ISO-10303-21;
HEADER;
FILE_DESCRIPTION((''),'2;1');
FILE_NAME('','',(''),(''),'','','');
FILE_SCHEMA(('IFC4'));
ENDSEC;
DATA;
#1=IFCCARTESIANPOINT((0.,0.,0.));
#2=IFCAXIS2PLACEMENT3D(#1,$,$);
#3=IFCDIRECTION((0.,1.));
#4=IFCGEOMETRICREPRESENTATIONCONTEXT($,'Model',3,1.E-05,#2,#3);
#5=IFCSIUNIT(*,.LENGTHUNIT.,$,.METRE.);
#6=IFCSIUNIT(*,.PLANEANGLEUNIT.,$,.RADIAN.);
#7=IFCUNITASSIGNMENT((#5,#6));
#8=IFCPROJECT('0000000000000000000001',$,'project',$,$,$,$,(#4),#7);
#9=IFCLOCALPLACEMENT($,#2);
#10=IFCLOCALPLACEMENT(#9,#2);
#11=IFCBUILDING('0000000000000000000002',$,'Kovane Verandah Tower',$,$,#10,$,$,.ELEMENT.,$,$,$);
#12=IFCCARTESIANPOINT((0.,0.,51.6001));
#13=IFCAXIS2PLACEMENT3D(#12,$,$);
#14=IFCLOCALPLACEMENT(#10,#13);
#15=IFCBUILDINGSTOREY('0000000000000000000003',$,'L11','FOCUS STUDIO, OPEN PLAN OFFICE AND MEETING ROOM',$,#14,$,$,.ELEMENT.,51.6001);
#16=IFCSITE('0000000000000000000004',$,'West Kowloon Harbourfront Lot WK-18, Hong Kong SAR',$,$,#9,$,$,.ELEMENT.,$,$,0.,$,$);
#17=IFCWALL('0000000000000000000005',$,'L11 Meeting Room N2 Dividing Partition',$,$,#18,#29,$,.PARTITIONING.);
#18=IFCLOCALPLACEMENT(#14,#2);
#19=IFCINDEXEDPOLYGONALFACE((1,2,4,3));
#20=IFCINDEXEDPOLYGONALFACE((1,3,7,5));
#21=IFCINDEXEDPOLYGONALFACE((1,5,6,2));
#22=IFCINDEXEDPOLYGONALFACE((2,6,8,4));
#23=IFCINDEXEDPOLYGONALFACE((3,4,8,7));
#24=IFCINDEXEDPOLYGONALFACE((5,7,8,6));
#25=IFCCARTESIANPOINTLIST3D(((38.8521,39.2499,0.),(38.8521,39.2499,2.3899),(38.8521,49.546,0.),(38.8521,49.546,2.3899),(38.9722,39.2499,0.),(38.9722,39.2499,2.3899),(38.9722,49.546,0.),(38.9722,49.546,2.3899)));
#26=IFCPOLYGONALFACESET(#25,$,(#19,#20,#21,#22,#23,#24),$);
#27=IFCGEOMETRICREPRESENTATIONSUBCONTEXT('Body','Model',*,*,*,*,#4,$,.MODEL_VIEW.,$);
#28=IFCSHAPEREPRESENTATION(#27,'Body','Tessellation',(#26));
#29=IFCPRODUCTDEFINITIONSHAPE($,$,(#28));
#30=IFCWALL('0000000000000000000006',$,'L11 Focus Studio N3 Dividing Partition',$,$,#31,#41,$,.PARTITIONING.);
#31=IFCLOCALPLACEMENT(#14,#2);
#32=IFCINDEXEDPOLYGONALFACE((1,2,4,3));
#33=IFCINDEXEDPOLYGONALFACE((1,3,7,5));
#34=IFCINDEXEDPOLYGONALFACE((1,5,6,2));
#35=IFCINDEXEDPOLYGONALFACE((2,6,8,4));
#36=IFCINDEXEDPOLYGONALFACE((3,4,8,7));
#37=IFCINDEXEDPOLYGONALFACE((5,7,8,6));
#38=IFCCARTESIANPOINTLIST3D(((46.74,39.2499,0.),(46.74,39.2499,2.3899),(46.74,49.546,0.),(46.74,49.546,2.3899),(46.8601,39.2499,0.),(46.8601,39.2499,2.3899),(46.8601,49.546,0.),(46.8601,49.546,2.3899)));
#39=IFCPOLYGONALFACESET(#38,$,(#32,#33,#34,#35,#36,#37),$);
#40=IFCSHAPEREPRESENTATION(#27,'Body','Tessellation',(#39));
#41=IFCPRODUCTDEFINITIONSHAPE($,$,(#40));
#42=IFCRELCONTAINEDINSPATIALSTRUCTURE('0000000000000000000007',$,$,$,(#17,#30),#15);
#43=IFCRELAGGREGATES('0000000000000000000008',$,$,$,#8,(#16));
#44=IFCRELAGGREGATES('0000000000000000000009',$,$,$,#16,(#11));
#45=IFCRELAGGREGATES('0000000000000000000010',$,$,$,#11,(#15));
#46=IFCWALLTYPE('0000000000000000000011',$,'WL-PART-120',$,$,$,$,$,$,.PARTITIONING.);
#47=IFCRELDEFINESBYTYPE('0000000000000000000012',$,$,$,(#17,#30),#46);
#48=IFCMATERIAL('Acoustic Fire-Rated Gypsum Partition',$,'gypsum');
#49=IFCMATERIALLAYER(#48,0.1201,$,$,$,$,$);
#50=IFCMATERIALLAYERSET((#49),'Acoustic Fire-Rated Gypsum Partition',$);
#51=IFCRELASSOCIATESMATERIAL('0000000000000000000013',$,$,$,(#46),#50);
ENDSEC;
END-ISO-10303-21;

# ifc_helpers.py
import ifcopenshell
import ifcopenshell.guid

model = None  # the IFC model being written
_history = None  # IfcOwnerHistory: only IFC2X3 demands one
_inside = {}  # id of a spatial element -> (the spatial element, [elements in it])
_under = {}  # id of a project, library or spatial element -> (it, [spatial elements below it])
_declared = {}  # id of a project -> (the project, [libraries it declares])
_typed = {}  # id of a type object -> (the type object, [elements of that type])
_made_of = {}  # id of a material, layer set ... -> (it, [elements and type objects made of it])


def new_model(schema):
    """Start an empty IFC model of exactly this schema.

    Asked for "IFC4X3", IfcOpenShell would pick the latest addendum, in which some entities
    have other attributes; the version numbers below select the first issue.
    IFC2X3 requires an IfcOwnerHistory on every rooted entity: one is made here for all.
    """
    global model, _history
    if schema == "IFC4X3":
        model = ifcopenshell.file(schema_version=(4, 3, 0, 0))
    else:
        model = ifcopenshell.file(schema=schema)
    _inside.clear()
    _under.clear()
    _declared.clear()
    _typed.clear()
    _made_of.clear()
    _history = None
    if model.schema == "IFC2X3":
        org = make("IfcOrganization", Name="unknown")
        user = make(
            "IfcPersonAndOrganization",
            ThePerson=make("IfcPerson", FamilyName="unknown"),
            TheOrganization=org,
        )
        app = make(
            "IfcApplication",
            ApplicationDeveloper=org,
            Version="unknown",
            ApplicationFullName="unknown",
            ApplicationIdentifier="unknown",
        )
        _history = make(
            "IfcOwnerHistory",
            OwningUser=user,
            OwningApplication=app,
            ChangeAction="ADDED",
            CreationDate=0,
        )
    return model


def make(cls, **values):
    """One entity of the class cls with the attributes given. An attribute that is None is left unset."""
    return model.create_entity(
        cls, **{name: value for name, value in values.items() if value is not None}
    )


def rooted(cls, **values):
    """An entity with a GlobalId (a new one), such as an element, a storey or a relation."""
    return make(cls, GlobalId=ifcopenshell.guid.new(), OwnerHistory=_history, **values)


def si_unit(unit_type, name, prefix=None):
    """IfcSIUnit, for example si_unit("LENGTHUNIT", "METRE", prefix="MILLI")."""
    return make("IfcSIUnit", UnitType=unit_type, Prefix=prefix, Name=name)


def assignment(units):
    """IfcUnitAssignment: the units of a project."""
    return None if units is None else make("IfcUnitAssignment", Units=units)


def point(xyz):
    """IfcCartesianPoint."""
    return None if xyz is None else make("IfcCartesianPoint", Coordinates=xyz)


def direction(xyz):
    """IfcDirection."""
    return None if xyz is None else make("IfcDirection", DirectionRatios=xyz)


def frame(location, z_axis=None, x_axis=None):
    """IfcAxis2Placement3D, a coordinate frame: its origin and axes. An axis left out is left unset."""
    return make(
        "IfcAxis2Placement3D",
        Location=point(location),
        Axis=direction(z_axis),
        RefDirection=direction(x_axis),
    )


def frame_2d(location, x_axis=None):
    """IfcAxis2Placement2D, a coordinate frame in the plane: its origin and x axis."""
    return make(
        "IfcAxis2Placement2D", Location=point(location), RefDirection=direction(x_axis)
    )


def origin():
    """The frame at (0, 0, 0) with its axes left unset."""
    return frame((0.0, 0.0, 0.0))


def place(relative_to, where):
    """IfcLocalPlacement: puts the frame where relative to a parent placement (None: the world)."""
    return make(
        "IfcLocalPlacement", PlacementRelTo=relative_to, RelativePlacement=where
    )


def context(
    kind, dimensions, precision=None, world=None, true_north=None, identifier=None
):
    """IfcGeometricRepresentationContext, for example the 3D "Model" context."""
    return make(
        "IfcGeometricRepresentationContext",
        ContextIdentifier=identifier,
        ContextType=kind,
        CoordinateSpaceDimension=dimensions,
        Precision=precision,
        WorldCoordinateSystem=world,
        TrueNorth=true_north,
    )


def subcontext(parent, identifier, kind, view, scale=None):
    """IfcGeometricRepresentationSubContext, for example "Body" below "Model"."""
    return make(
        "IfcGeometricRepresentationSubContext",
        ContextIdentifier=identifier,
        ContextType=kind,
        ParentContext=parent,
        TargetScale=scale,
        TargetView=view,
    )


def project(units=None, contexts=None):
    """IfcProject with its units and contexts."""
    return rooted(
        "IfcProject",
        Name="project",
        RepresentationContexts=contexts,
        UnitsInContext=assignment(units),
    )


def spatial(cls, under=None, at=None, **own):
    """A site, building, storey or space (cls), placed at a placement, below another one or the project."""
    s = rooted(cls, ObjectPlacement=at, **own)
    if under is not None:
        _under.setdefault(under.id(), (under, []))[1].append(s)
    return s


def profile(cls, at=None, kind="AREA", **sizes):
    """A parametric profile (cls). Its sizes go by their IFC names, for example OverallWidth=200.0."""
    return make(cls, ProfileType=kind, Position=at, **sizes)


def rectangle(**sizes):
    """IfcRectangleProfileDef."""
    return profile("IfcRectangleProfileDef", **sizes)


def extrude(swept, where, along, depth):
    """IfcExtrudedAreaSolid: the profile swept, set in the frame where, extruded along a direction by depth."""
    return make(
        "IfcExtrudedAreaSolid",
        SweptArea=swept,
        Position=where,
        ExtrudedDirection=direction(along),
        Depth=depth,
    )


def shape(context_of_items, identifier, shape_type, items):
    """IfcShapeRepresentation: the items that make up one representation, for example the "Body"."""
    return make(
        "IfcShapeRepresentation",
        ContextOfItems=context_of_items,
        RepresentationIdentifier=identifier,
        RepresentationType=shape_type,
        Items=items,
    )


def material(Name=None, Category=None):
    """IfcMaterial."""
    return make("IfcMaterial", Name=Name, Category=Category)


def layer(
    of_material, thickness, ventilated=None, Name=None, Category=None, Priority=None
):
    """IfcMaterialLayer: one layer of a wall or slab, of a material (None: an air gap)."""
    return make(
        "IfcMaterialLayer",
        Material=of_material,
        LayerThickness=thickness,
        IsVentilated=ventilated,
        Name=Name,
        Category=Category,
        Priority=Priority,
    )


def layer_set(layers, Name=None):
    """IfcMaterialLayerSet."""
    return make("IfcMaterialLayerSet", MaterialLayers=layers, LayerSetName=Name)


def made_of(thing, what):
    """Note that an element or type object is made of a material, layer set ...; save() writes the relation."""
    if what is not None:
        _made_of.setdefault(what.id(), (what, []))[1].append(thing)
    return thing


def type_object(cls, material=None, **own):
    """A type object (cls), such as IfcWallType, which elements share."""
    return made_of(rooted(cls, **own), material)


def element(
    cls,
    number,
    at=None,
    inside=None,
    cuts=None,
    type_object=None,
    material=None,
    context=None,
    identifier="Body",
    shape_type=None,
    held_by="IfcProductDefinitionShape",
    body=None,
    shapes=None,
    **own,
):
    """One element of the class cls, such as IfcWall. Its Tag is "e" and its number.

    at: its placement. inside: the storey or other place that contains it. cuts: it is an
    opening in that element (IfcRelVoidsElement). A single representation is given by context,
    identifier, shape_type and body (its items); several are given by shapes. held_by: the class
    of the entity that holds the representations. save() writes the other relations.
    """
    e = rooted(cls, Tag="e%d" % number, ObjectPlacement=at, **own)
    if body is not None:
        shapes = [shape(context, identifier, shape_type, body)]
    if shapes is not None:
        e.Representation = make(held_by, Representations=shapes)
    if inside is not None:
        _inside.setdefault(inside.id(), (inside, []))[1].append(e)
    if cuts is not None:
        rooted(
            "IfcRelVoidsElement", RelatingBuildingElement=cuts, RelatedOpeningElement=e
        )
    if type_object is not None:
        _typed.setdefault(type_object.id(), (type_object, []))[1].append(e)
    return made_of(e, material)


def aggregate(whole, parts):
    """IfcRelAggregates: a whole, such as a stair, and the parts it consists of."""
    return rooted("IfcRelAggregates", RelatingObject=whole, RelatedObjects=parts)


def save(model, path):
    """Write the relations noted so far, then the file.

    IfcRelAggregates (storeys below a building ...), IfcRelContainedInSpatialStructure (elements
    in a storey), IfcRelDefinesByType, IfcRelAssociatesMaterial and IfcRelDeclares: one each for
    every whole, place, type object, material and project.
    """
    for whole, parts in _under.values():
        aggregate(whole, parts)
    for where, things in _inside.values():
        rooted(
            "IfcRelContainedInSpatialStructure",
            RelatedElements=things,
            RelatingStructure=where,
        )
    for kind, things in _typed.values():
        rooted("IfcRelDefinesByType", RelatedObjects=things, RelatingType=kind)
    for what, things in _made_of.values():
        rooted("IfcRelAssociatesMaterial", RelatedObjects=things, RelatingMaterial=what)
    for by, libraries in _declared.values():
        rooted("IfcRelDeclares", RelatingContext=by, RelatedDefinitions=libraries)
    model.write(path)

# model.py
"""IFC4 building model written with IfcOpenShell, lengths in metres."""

from ifc_helpers import new_model, si_unit, direction, frame, frame_2d, origin, place, context, subcontext, project, spatial, rectangle, extrude, material, layer, layer_set, type_object, element, save


model = new_model("IFC4")

# Units and contexts
model_context = context("Model", 3, precision=1e-05, world=origin(), true_north=direction((0.0, 1.0)))
body_context = subcontext(model_context, "Body", "Model", "MODEL_VIEW")
ifc_project = project(units=[si_unit("LENGTHUNIT", "METRE"), si_unit("PLANEANGLEUNIT", "RADIAN")], contexts=[model_context])

# Site, building, storey
site_placement = place(None, origin())
site = spatial("IfcSite", under=ifc_project, at=site_placement, Name="West Kowloon Harbourfront Lot WK-18, Hong Kong SAR", CompositionType="ELEMENT", RefElevation=0.0)
building_placement = place(site_placement, origin())
building = spatial("IfcBuilding", under=site, at=building_placement, Name="Kovane Verandah Tower", CompositionType="ELEMENT")
storey_placement = place(building_placement, frame((0.0, 0.0, 51.6001)))
storey = spatial("IfcBuildingStorey", under=building, at=storey_placement, Name="L11", Description="FOCUS STUDIO, OPEN PLAN OFFICE AND MEETING ROOM", CompositionType="ELEMENT", Elevation=51.6001)

# Walls
ifc_material_1 = material(Name="Acoustic Fire-Rated Gypsum Partition", Category="gypsum")
ifc_layer_1 = layer(ifc_material_1, 0.1201)
ifc_layer_set_1 = layer_set([ifc_layer_1], Name="Acoustic Fire-Rated Gypsum Partition")
wall_type_1 = type_object("IfcWallType", Name="WL-PART-120", PredefinedType="PARTITIONING", material=ifc_layer_set_1)
for number, where, z_axis, x_axis, name in (
    (1, (38.9121, 39.25, 0.0), (0.0, 0.0, 1.0), (0.0, 1.0, 0.0), "L11 Meeting Room N2 Dividing Partition"),
    (2, (46.8, 39.25, 0.0), (0.0, 0.0, 1.0), (0.0, 1.0, 0.0), "L11 Focus Studio N3 Dividing Partition"),
):
    element("IfcWall", number, at=place(storey_placement, frame(where, z_axis=z_axis, x_axis=x_axis)), inside=storey, type_object=wall_type_1, Name=name, PredefinedType="PARTITIONING", context=body_context, shape_type="SweptSolid", body=[
        extrude(rectangle(XDim=10.2961, YDim=0.1201, at=frame_2d((5.1479, 0.0))), origin(), (0.0, 0.0, 1.0), 2.3899),
    ])

save(model, "model.ifc")
